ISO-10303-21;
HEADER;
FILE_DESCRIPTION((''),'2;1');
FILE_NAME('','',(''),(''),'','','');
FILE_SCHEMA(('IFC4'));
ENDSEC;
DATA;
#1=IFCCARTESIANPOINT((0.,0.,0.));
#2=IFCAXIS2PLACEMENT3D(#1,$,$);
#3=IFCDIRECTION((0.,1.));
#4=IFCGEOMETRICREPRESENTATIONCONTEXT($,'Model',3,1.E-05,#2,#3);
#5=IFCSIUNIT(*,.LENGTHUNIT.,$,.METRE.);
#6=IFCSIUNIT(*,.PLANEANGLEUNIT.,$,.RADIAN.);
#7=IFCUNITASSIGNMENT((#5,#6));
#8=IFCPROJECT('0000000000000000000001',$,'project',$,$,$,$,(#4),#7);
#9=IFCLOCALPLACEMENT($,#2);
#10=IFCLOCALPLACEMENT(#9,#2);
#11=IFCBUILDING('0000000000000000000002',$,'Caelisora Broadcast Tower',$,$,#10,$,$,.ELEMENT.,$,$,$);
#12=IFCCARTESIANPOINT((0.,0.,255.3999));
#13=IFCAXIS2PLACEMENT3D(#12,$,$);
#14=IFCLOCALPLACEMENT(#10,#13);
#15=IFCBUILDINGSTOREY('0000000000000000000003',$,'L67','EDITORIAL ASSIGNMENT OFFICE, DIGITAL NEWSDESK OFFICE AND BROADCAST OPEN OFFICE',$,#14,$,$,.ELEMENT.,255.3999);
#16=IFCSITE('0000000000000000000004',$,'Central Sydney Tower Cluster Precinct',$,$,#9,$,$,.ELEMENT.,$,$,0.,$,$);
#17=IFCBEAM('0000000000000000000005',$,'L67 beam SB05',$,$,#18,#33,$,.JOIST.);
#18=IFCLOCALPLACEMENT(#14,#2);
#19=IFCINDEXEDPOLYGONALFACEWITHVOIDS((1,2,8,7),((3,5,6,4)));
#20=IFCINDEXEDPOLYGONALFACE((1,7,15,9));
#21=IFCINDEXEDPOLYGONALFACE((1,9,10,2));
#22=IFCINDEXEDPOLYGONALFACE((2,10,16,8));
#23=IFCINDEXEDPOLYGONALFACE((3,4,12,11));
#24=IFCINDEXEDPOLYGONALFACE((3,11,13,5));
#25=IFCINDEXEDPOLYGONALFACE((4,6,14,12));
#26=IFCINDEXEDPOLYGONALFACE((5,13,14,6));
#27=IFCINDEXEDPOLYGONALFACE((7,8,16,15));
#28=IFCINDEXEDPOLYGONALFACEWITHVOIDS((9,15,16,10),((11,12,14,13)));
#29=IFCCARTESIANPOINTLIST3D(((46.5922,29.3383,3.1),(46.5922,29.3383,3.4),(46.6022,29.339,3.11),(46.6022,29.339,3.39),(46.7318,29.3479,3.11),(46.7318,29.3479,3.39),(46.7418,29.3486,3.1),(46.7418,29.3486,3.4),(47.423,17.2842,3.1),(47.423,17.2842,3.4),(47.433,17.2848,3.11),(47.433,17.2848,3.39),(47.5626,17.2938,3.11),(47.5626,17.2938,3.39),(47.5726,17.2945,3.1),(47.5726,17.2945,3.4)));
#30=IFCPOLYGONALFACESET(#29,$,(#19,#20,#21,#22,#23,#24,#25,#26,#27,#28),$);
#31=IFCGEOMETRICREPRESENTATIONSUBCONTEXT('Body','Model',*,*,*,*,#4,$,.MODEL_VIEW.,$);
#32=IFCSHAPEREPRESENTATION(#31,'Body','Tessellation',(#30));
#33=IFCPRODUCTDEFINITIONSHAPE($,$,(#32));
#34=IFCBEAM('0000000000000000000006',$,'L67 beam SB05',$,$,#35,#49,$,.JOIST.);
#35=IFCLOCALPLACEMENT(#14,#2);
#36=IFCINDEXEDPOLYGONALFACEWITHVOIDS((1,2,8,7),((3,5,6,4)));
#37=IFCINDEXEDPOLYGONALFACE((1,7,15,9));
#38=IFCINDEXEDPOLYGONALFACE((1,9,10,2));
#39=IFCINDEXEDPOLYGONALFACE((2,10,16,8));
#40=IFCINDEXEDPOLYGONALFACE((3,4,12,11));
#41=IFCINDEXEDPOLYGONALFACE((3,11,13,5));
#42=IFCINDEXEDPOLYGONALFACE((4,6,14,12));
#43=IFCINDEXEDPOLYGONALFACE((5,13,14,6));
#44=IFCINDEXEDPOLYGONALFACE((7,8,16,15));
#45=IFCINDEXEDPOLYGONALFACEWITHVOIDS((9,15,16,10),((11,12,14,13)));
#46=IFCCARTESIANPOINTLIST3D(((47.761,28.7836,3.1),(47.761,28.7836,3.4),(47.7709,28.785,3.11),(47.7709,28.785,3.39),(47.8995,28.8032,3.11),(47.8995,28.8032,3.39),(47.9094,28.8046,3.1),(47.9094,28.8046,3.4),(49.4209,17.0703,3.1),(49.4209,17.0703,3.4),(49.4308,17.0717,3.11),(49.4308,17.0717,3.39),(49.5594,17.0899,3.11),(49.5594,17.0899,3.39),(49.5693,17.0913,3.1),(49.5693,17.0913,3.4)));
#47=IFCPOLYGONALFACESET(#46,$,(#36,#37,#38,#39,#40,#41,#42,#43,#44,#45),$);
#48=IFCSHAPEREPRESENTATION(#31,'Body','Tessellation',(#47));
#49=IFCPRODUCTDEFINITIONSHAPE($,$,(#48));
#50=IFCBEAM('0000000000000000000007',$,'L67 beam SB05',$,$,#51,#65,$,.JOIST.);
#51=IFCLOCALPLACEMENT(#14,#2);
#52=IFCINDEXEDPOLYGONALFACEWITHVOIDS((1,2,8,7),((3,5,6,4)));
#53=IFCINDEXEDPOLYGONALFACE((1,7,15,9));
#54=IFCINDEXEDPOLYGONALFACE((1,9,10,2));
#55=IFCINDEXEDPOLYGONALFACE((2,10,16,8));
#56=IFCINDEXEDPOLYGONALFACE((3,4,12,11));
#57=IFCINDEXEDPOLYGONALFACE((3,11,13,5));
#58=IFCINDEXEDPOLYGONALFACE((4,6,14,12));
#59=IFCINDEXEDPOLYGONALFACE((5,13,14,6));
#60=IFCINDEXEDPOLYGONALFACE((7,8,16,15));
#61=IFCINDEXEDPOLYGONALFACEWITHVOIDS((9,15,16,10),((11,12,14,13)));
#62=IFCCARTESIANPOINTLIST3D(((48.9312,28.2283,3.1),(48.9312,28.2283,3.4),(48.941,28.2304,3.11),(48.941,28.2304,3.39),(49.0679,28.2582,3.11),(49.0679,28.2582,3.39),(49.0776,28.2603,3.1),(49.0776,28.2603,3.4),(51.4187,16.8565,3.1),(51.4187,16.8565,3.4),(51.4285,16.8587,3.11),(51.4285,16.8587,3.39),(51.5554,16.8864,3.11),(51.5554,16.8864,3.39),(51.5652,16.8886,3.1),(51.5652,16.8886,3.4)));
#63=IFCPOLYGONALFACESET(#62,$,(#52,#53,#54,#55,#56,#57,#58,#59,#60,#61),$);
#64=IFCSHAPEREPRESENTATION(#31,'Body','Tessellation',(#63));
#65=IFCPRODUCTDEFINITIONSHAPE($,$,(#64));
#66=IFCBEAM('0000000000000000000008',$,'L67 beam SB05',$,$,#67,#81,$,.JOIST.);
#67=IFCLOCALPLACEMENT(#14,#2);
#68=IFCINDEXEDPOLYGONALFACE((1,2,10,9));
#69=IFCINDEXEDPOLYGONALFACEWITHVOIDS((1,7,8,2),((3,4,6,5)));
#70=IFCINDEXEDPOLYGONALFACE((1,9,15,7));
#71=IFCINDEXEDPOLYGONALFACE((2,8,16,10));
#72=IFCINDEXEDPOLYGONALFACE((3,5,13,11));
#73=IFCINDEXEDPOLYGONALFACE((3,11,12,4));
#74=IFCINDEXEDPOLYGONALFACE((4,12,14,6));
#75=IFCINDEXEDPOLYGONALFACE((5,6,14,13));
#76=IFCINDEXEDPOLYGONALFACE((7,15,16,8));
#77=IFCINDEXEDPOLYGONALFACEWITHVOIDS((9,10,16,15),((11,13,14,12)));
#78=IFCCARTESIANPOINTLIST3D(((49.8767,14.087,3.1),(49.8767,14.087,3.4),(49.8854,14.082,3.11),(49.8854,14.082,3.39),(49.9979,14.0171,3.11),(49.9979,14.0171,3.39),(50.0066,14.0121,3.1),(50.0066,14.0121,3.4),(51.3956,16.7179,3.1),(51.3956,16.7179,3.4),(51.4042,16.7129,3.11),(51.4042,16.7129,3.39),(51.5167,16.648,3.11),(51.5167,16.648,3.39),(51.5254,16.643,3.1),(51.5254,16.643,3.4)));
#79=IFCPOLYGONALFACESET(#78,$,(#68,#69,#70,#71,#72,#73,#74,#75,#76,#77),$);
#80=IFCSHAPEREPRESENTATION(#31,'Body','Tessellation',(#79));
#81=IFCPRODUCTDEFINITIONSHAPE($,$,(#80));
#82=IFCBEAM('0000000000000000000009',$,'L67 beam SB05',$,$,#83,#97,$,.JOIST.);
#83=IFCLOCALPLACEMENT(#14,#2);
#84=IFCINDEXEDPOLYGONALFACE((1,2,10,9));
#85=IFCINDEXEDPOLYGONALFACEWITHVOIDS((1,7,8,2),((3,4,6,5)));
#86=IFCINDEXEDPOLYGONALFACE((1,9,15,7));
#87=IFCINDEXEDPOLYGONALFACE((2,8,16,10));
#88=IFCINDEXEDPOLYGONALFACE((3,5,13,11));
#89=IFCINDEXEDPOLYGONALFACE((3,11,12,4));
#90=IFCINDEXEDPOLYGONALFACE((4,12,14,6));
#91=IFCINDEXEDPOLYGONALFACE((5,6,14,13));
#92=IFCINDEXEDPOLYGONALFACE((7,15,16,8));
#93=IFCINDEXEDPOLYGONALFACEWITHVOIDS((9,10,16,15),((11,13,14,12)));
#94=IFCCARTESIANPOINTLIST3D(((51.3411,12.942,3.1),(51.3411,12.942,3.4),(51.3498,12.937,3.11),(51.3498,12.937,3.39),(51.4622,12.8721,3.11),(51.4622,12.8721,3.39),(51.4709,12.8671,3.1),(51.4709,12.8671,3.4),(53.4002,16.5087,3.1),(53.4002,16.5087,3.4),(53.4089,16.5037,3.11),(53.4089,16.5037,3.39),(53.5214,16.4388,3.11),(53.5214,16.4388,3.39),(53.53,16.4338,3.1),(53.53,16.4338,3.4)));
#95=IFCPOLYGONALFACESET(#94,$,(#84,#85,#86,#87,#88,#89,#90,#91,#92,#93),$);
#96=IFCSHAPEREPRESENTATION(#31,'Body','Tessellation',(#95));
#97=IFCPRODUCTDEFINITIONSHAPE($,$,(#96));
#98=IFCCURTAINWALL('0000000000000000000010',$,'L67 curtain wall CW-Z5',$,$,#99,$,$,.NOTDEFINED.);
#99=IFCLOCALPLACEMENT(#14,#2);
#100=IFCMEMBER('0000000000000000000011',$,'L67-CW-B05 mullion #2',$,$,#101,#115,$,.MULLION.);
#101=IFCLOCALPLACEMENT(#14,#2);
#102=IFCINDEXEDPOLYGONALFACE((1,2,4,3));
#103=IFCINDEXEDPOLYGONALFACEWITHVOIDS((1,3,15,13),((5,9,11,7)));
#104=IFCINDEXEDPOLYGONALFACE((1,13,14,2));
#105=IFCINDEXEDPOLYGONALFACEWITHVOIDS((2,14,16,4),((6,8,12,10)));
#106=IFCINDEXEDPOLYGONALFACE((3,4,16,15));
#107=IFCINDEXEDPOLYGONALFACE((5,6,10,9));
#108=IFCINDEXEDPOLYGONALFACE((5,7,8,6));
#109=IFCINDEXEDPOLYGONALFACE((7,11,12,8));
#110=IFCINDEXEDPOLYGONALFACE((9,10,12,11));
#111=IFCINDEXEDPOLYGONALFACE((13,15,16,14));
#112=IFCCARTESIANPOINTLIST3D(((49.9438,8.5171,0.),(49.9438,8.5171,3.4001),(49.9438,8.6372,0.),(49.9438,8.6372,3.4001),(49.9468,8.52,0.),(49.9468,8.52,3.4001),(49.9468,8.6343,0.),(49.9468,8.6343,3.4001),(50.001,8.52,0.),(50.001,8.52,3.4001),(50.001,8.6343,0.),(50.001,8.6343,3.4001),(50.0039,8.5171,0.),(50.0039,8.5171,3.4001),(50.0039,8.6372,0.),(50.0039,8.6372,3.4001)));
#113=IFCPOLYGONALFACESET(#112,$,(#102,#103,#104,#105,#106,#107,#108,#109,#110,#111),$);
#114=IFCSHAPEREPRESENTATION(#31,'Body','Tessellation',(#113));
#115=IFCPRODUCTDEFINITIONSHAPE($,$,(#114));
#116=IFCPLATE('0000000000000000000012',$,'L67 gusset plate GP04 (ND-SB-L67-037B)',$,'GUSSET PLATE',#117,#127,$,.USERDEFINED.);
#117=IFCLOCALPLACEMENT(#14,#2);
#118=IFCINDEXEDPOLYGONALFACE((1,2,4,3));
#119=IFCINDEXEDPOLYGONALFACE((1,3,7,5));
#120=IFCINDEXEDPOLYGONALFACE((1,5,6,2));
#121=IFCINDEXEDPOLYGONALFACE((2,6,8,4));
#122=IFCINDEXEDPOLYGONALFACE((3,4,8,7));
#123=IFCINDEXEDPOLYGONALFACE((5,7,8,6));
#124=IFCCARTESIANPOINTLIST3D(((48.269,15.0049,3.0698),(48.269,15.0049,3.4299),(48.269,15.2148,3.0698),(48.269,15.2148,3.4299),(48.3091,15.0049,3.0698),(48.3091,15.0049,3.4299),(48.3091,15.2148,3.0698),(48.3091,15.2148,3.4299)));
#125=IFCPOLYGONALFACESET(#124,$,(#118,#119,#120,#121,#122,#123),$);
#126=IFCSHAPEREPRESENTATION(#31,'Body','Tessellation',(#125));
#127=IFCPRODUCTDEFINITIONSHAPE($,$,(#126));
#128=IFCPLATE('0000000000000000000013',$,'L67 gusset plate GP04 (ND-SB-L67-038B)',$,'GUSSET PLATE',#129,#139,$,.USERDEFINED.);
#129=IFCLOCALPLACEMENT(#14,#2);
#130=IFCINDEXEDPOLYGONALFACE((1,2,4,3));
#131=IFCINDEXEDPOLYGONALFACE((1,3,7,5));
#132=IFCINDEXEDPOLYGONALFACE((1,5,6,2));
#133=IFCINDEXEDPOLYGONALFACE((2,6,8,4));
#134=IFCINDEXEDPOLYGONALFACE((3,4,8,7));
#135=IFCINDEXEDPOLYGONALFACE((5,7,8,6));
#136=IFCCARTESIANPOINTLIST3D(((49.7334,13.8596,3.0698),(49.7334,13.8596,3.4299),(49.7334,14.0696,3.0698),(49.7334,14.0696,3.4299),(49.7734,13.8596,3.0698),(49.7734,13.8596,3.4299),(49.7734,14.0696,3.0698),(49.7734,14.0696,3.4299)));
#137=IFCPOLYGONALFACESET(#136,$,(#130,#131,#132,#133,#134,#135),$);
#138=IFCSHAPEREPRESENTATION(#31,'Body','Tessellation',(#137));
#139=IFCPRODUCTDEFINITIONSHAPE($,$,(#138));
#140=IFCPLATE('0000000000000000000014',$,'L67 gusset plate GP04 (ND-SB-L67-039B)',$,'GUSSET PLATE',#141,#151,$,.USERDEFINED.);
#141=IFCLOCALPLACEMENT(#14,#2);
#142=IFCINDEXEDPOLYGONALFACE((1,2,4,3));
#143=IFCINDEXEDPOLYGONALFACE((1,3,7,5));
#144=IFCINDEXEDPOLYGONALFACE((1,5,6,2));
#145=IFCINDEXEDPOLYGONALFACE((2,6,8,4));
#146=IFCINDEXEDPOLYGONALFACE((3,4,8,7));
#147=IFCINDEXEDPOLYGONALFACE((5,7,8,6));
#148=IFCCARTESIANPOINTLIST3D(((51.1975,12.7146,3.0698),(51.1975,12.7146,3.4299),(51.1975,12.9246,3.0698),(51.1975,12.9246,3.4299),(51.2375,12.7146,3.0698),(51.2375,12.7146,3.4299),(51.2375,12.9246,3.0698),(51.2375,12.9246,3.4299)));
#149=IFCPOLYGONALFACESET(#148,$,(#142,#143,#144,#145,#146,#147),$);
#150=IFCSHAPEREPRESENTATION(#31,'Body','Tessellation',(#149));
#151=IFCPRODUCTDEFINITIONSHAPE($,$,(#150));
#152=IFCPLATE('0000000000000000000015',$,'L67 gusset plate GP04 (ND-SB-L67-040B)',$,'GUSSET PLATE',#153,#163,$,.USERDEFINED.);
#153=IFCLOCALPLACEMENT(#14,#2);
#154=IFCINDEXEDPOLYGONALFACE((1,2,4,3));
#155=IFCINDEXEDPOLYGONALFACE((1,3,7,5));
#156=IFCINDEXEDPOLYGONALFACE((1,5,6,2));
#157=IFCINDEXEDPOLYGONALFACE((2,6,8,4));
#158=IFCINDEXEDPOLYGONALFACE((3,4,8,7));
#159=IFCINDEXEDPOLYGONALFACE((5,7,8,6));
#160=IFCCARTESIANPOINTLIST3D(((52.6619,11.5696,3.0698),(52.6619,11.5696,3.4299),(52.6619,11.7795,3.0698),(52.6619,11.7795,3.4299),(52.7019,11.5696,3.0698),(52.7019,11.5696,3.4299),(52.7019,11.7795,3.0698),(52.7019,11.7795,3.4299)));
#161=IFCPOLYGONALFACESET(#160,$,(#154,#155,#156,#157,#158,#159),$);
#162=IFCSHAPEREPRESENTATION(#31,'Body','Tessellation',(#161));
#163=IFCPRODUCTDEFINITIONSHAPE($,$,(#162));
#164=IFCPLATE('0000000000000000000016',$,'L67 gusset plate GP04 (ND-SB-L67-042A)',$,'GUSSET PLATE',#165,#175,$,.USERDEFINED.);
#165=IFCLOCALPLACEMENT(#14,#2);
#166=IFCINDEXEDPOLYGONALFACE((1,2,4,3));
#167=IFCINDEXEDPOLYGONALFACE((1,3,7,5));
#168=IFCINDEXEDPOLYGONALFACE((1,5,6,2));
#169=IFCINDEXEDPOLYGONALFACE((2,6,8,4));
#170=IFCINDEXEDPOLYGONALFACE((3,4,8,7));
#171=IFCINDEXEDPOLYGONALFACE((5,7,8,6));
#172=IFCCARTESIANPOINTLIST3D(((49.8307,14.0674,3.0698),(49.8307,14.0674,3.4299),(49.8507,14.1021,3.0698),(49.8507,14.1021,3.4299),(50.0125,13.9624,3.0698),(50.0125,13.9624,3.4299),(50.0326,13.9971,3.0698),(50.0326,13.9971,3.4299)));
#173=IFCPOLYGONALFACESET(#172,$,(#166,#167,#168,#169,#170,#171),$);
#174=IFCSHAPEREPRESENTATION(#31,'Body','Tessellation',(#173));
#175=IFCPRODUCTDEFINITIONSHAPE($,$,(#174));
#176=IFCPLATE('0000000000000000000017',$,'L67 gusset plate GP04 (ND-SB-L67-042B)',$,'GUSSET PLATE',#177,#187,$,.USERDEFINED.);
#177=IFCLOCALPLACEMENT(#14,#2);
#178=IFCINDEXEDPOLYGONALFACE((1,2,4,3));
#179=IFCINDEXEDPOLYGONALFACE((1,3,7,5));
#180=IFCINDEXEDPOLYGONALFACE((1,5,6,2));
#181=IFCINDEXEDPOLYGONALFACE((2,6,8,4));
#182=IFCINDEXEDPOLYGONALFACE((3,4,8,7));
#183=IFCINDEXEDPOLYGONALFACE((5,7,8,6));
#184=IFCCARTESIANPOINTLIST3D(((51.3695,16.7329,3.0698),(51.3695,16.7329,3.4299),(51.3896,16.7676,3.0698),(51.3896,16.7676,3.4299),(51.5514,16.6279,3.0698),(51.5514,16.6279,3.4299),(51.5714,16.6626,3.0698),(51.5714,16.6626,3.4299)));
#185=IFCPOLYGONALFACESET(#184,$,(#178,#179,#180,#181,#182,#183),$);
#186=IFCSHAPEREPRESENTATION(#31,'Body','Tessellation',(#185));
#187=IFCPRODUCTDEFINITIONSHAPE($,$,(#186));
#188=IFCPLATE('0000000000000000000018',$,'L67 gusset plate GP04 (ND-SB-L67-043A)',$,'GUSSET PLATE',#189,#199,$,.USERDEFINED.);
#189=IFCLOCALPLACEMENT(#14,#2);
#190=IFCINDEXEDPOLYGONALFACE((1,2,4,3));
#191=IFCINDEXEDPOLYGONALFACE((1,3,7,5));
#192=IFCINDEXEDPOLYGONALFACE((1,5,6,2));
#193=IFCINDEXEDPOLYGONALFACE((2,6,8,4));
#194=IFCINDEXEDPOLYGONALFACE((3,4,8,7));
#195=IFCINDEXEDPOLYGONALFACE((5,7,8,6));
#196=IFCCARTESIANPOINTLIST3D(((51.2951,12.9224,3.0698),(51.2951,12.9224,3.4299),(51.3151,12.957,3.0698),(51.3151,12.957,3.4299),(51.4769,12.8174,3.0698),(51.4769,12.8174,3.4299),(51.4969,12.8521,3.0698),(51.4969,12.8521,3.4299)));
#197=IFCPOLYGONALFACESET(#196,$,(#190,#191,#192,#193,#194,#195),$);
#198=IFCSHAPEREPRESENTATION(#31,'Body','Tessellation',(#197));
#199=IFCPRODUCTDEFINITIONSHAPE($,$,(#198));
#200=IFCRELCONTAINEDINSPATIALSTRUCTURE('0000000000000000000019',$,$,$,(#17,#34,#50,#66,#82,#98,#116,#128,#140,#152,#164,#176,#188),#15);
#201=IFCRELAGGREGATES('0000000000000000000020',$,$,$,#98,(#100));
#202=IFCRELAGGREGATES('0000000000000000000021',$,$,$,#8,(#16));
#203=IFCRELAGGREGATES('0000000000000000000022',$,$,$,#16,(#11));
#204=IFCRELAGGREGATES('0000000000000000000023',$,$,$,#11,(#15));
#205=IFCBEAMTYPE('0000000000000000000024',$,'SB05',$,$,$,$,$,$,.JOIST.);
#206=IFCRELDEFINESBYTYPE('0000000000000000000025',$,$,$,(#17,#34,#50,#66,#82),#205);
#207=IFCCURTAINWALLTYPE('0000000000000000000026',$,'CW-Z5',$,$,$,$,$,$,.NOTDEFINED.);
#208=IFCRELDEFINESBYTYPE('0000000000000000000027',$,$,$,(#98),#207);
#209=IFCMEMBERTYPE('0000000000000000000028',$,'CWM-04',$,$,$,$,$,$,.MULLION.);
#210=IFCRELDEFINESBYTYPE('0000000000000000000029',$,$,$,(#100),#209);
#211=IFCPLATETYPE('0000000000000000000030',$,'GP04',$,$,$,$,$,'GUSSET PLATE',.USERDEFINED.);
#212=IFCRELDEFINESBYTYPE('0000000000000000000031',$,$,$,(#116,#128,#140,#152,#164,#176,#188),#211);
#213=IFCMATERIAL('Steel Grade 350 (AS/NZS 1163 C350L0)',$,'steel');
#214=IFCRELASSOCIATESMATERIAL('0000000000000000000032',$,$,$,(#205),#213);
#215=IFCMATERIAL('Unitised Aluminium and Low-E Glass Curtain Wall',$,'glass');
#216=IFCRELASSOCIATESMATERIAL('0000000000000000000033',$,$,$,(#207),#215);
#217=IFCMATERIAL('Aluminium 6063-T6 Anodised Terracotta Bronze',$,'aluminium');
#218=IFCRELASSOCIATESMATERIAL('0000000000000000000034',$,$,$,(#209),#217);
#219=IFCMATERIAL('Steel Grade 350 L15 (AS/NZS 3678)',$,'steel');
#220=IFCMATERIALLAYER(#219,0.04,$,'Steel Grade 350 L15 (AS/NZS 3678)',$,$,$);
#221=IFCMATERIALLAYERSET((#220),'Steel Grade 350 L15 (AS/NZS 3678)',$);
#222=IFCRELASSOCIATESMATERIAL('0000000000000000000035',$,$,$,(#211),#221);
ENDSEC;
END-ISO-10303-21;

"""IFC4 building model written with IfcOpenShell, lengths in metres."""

from ifc_helpers import new_model, si_unit, direction, frame, origin, origin_2d, place, context, subcontext, project, spatial, rectangle, hollow_rectangle, extrude, source, transform, mapped, material, layer, layer_set, material_profile, profile_set, type_object, type_shapes, element, aggregate, save


model = new_model("IFC4")

# Units and contexts
model_context = context("Model", 3, precision=1e-05, world=origin(), true_north=direction((0.0, 1.0)))
body_context = subcontext(model_context, "Body", "Model", "MODEL_VIEW")
ifc_project = project(units=[si_unit("LENGTHUNIT", "METRE"), si_unit("PLANEANGLEUNIT", "RADIAN")], contexts=[model_context])

# Site, building, storey
site_placement = place(None, origin())
site = spatial("IfcSite", under=ifc_project, at=site_placement, Name="Central Sydney Tower Cluster Precinct", CompositionType="ELEMENT", RefElevation=0.0)
building_placement = place(site_placement, origin())
building = spatial("IfcBuilding", under=site, at=building_placement, Name="Caelisora Broadcast Tower", CompositionType="ELEMENT")
storey_placement = place(building_placement, frame((0.0, 0.0, 255.3999)))
storey = spatial("IfcBuildingStorey", under=building, at=storey_placement, Name="L67", Description="EDITORIAL ASSIGNMENT OFFICE, DIGITAL NEWSDESK OFFICE AND BROADCAST OPEN OFFICE", CompositionType="ELEMENT", Elevation=255.3999)

# Beams
ifc_material_1 = material(Name="Steel Grade 350 (AS/NZS 1163 C350L0)", Category="steel")
ifc_material_profile_1 = material_profile(ifc_material_1, hollow_rectangle(XDim=0.1499, YDim=0.3, WallThickness=0.01, at=origin_2d()), Name="Steel Grade 350 (AS/NZS 1163 C350L0)")
ifc_profile_set_1 = profile_set([ifc_material_profile_1], Name="Steel Grade 350 (AS/NZS 1163 C350L0)")
beam_type = type_object("IfcBeamType", Name="SB05", PredefinedType="JOIST", material=ifc_profile_set_1)
shared_shape_1 = source(origin(), body_context, "Body", "SweptSolid", [
    extrude(hollow_rectangle(XDim=0.1499, YDim=0.3, WallThickness=0.01, at=origin_2d()), origin(), (0.0, 0.0, 1.0), 12.0828),
])
beam_1_placement = place(storey_placement, frame((47.4978, 17.2893, 3.25), z_axis=(-0.06876, 0.997633, 0.0), x_axis=(-0.997633, -0.06876, 0.0)))
element("IfcBeam", 1, at=beam_1_placement, inside=storey, type_object=beam_type, Name="L67 beam SB05", PredefinedType="JOIST", context=body_context, shape_type="MappedRepresentation", body=[
    mapped(shared_shape_1, transform((0.0, 0.0, 0.0), scale=1.0)),
])
shared_shape_2 = source(origin(), body_context, "Body", "SweptSolid", [
    extrude(hollow_rectangle(XDim=0.1499, YDim=0.3, WallThickness=0.01, at=origin_2d()), origin(), (0.0, 0.0, 1.0), 11.8303),
])
beam_2_placement = place(storey_placement, frame((49.4951, 17.0808, 3.25), z_axis=(-0.140309, 0.990108, 0.0), x_axis=(-0.990108, -0.140309, 0.0)))
element("IfcBeam", 2, at=beam_2_placement, inside=storey, type_object=beam_type, Name="L67 beam SB05", PredefinedType="JOIST", context=body_context, shape_type="MappedRepresentation", body=[
    mapped(shared_shape_2, transform((0.0, 0.0, 0.0), scale=1.0)),
])
shared_shape_3 = source(origin(), body_context, "Body", "SweptSolid", [
    extrude(hollow_rectangle(XDim=0.1499, YDim=0.3, WallThickness=0.01, at=origin_2d()), origin(), (0.0, 0.0, 1.0), 11.6406),
])
beam_3_placement = place(storey_placement, frame((51.4919, 16.8726, 3.25), z_axis=(-0.213694, 0.976901, 0.0), x_axis=(-0.976901, -0.213694, 0.0)))
element("IfcBeam", 3, at=beam_3_placement, inside=storey, type_object=beam_type, Name="L67 beam SB05", PredefinedType="JOIST", context=body_context, shape_type="MappedRepresentation", body=[
    mapped(shared_shape_3, transform((0.0, 0.0, 0.0), scale=1.0)),
])
shared_shape_4 = source(origin(), body_context, "Body", "SweptSolid", [
    extrude(hollow_rectangle(XDim=0.1499, YDim=0.3, WallThickness=0.01, at=origin_2d()), origin(), (0.0, 0.0, 1.0), 3.0378),
])
beam_4_placement = place(storey_placement, frame((49.9417, 14.0496, 3.25), z_axis=(0.499968, 0.866044, 0.0), x_axis=(-0.866044, 0.499968, 0.0)))
element("IfcBeam", 4, at=beam_4_placement, inside=storey, type_object=beam_type, Name="L67 beam SB05", PredefinedType="JOIST", context=body_context, shape_type="MappedRepresentation", body=[
    mapped(shared_shape_4, transform((0.0, 0.0, 0.0), scale=1.0)),
])
shared_shape_5 = source(origin(), body_context, "Body", "SweptSolid", [
    extrude(hollow_rectangle(XDim=0.1499, YDim=0.3, WallThickness=0.01, at=origin_2d()), origin(), (0.0, 0.0, 1.0), 4.1184),
])
type_shapes(beam_type, [shared_shape_1, shared_shape_2, shared_shape_3, shared_shape_4, shared_shape_5])
beam_5_placement = place(storey_placement, frame((51.406, 12.9045, 3.25), z_axis=(0.499977, 0.866038, 0.0), x_axis=(-0.866038, 0.499977, 0.0)))
element("IfcBeam", 5, at=beam_5_placement, inside=storey, type_object=beam_type, Name="L67 beam SB05", PredefinedType="JOIST", context=body_context, shape_type="MappedRepresentation", body=[
    mapped(shared_shape_5, transform((0.0, 0.0, 0.0), scale=1.0)),
])

# Curtain wall, member
ifc_material_2 = material(Name="Unitised Aluminium and Low-E Glass Curtain Wall", Category="glass")
curtain_wall_type = type_object("IfcCurtainWallType", Name="CW-Z5", PredefinedType="NOTDEFINED", material=ifc_material_2)
curtain_wall_placement = place(storey_placement, origin())
curtain_wall = element("IfcCurtainWall", 6, at=curtain_wall_placement, inside=storey, type_object=curtain_wall_type, Name="L67 curtain wall CW-Z5", PredefinedType="NOTDEFINED")
ifc_material_3 = material(Name="Aluminium 6063-T6 Anodised Terracotta Bronze", Category="aluminium")
ifc_material_profile_2 = material_profile(ifc_material_3, hollow_rectangle(XDim=0.0601, YDim=0.1201, WallThickness=0.0029, at=origin_2d()), Name="Aluminium 6063-T6 Anodised Terracotta Bronze")
ifc_profile_set_2 = profile_set([ifc_material_profile_2], Name="Aluminium 6063-T6 Anodised Terracotta Bronze")
member_type = type_object("IfcMemberType", Name="CWM-04", PredefinedType="MULLION", material=ifc_profile_set_2)
shared_shape_6 = source(origin(), body_context, "Body", "SweptSolid", [
    extrude(hollow_rectangle(XDim=0.0601, YDim=0.1201, WallThickness=0.0029, at=origin_2d()), origin(), (0.0, 0.0, 1.0), 3.4001),
])
type_shapes(member_type, [shared_shape_6])
member_placement = place(storey_placement, frame((49.9739, 8.5771, 0.0), z_axis=(0.0, 0.0, 1.0), x_axis=(1.0, 0.0, 0.0)))
member = element("IfcMember", 7, at=member_placement, type_object=member_type, Name="L67-CW-B05 mullion #2", PredefinedType="MULLION", context=body_context, shape_type="MappedRepresentation", body=[
    mapped(shared_shape_6, transform((0.0, 0.0, 0.0), scale=1.0)),
])

# Plates
ifc_material_4 = material(Name="Steel Grade 350 L15 (AS/NZS 3678)", Category="steel")
ifc_layer_1 = layer(ifc_material_4, 0.04, Name="Steel Grade 350 L15 (AS/NZS 3678)")
ifc_layer_set_1 = layer_set([ifc_layer_1], Name="Steel Grade 350 L15 (AS/NZS 3678)")
plate_type_1 = type_object("IfcPlateType", Name="GP04", ElementType="GUSSET PLATE", PredefinedType="USERDEFINED", material=ifc_layer_set_1)
shared_shape_7 = source(origin(), body_context, "Body", "SweptSolid", [
    extrude(rectangle(XDim=0.21, YDim=0.04, at=origin_2d()), origin(), (0.0, 0.0, 1.0), 0.3601),
])
type_shapes(plate_type_1, [shared_shape_7])
for number, where, z_axis, x_axis, name in (
    (8, (48.2891, 15.1099, 3.0698), (0.0, 0.0, 1.0), (0.0, 1.0, 0.0), "L67 gusset plate GP04 (ND-SB-L67-037B)"),
    (9, (49.7534, 13.9646, 3.0698), (0.0, 0.0, 1.0), (0.0, 1.0, 0.0), "L67 gusset plate GP04 (ND-SB-L67-038B)"),
    (10, (51.2175, 12.8196, 3.0698), (0.0, 0.0, 1.0), (0.0, 1.0, 0.0), "L67 gusset plate GP04 (ND-SB-L67-039B)"),
    (11, (52.6819, 11.6746, 3.0698), (0.0, 0.0, 1.0), (0.0, 1.0, 0.0), "L67 gusset plate GP04 (ND-SB-L67-040B)"),
    (12, (49.9316, 14.0322, 3.0698), (0.0, 0.0, 1.0), (-0.866025, 0.5, 0.0), "L67 gusset plate GP04 (ND-SB-L67-042A)"),
    (13, (51.4705, 16.6978, 3.0698), (0.0, 0.0, 1.0), (-0.866025, 0.5, 0.0), "L67 gusset plate GP04 (ND-SB-L67-042B)"),
    (14, (51.396, 12.8872, 3.0698), (0.0, 0.0, 1.0), (-0.866025, 0.5, 0.0), "L67 gusset plate GP04 (ND-SB-L67-043A)"),
):
    element("IfcPlate", number, at=place(storey_placement, frame(where, z_axis=z_axis, x_axis=x_axis)), inside=storey, type_object=plate_type_1, Name=name, ObjectType="GUSSET PLATE", PredefinedType="USERDEFINED", context=body_context, shape_type="MappedRepresentation", body=[
        mapped(shared_shape_7, transform((0.0, 0.0, 0.0), scale=1.0)),
    ])

aggregate(curtain_wall, [member])

save(model, "model.ifc")
